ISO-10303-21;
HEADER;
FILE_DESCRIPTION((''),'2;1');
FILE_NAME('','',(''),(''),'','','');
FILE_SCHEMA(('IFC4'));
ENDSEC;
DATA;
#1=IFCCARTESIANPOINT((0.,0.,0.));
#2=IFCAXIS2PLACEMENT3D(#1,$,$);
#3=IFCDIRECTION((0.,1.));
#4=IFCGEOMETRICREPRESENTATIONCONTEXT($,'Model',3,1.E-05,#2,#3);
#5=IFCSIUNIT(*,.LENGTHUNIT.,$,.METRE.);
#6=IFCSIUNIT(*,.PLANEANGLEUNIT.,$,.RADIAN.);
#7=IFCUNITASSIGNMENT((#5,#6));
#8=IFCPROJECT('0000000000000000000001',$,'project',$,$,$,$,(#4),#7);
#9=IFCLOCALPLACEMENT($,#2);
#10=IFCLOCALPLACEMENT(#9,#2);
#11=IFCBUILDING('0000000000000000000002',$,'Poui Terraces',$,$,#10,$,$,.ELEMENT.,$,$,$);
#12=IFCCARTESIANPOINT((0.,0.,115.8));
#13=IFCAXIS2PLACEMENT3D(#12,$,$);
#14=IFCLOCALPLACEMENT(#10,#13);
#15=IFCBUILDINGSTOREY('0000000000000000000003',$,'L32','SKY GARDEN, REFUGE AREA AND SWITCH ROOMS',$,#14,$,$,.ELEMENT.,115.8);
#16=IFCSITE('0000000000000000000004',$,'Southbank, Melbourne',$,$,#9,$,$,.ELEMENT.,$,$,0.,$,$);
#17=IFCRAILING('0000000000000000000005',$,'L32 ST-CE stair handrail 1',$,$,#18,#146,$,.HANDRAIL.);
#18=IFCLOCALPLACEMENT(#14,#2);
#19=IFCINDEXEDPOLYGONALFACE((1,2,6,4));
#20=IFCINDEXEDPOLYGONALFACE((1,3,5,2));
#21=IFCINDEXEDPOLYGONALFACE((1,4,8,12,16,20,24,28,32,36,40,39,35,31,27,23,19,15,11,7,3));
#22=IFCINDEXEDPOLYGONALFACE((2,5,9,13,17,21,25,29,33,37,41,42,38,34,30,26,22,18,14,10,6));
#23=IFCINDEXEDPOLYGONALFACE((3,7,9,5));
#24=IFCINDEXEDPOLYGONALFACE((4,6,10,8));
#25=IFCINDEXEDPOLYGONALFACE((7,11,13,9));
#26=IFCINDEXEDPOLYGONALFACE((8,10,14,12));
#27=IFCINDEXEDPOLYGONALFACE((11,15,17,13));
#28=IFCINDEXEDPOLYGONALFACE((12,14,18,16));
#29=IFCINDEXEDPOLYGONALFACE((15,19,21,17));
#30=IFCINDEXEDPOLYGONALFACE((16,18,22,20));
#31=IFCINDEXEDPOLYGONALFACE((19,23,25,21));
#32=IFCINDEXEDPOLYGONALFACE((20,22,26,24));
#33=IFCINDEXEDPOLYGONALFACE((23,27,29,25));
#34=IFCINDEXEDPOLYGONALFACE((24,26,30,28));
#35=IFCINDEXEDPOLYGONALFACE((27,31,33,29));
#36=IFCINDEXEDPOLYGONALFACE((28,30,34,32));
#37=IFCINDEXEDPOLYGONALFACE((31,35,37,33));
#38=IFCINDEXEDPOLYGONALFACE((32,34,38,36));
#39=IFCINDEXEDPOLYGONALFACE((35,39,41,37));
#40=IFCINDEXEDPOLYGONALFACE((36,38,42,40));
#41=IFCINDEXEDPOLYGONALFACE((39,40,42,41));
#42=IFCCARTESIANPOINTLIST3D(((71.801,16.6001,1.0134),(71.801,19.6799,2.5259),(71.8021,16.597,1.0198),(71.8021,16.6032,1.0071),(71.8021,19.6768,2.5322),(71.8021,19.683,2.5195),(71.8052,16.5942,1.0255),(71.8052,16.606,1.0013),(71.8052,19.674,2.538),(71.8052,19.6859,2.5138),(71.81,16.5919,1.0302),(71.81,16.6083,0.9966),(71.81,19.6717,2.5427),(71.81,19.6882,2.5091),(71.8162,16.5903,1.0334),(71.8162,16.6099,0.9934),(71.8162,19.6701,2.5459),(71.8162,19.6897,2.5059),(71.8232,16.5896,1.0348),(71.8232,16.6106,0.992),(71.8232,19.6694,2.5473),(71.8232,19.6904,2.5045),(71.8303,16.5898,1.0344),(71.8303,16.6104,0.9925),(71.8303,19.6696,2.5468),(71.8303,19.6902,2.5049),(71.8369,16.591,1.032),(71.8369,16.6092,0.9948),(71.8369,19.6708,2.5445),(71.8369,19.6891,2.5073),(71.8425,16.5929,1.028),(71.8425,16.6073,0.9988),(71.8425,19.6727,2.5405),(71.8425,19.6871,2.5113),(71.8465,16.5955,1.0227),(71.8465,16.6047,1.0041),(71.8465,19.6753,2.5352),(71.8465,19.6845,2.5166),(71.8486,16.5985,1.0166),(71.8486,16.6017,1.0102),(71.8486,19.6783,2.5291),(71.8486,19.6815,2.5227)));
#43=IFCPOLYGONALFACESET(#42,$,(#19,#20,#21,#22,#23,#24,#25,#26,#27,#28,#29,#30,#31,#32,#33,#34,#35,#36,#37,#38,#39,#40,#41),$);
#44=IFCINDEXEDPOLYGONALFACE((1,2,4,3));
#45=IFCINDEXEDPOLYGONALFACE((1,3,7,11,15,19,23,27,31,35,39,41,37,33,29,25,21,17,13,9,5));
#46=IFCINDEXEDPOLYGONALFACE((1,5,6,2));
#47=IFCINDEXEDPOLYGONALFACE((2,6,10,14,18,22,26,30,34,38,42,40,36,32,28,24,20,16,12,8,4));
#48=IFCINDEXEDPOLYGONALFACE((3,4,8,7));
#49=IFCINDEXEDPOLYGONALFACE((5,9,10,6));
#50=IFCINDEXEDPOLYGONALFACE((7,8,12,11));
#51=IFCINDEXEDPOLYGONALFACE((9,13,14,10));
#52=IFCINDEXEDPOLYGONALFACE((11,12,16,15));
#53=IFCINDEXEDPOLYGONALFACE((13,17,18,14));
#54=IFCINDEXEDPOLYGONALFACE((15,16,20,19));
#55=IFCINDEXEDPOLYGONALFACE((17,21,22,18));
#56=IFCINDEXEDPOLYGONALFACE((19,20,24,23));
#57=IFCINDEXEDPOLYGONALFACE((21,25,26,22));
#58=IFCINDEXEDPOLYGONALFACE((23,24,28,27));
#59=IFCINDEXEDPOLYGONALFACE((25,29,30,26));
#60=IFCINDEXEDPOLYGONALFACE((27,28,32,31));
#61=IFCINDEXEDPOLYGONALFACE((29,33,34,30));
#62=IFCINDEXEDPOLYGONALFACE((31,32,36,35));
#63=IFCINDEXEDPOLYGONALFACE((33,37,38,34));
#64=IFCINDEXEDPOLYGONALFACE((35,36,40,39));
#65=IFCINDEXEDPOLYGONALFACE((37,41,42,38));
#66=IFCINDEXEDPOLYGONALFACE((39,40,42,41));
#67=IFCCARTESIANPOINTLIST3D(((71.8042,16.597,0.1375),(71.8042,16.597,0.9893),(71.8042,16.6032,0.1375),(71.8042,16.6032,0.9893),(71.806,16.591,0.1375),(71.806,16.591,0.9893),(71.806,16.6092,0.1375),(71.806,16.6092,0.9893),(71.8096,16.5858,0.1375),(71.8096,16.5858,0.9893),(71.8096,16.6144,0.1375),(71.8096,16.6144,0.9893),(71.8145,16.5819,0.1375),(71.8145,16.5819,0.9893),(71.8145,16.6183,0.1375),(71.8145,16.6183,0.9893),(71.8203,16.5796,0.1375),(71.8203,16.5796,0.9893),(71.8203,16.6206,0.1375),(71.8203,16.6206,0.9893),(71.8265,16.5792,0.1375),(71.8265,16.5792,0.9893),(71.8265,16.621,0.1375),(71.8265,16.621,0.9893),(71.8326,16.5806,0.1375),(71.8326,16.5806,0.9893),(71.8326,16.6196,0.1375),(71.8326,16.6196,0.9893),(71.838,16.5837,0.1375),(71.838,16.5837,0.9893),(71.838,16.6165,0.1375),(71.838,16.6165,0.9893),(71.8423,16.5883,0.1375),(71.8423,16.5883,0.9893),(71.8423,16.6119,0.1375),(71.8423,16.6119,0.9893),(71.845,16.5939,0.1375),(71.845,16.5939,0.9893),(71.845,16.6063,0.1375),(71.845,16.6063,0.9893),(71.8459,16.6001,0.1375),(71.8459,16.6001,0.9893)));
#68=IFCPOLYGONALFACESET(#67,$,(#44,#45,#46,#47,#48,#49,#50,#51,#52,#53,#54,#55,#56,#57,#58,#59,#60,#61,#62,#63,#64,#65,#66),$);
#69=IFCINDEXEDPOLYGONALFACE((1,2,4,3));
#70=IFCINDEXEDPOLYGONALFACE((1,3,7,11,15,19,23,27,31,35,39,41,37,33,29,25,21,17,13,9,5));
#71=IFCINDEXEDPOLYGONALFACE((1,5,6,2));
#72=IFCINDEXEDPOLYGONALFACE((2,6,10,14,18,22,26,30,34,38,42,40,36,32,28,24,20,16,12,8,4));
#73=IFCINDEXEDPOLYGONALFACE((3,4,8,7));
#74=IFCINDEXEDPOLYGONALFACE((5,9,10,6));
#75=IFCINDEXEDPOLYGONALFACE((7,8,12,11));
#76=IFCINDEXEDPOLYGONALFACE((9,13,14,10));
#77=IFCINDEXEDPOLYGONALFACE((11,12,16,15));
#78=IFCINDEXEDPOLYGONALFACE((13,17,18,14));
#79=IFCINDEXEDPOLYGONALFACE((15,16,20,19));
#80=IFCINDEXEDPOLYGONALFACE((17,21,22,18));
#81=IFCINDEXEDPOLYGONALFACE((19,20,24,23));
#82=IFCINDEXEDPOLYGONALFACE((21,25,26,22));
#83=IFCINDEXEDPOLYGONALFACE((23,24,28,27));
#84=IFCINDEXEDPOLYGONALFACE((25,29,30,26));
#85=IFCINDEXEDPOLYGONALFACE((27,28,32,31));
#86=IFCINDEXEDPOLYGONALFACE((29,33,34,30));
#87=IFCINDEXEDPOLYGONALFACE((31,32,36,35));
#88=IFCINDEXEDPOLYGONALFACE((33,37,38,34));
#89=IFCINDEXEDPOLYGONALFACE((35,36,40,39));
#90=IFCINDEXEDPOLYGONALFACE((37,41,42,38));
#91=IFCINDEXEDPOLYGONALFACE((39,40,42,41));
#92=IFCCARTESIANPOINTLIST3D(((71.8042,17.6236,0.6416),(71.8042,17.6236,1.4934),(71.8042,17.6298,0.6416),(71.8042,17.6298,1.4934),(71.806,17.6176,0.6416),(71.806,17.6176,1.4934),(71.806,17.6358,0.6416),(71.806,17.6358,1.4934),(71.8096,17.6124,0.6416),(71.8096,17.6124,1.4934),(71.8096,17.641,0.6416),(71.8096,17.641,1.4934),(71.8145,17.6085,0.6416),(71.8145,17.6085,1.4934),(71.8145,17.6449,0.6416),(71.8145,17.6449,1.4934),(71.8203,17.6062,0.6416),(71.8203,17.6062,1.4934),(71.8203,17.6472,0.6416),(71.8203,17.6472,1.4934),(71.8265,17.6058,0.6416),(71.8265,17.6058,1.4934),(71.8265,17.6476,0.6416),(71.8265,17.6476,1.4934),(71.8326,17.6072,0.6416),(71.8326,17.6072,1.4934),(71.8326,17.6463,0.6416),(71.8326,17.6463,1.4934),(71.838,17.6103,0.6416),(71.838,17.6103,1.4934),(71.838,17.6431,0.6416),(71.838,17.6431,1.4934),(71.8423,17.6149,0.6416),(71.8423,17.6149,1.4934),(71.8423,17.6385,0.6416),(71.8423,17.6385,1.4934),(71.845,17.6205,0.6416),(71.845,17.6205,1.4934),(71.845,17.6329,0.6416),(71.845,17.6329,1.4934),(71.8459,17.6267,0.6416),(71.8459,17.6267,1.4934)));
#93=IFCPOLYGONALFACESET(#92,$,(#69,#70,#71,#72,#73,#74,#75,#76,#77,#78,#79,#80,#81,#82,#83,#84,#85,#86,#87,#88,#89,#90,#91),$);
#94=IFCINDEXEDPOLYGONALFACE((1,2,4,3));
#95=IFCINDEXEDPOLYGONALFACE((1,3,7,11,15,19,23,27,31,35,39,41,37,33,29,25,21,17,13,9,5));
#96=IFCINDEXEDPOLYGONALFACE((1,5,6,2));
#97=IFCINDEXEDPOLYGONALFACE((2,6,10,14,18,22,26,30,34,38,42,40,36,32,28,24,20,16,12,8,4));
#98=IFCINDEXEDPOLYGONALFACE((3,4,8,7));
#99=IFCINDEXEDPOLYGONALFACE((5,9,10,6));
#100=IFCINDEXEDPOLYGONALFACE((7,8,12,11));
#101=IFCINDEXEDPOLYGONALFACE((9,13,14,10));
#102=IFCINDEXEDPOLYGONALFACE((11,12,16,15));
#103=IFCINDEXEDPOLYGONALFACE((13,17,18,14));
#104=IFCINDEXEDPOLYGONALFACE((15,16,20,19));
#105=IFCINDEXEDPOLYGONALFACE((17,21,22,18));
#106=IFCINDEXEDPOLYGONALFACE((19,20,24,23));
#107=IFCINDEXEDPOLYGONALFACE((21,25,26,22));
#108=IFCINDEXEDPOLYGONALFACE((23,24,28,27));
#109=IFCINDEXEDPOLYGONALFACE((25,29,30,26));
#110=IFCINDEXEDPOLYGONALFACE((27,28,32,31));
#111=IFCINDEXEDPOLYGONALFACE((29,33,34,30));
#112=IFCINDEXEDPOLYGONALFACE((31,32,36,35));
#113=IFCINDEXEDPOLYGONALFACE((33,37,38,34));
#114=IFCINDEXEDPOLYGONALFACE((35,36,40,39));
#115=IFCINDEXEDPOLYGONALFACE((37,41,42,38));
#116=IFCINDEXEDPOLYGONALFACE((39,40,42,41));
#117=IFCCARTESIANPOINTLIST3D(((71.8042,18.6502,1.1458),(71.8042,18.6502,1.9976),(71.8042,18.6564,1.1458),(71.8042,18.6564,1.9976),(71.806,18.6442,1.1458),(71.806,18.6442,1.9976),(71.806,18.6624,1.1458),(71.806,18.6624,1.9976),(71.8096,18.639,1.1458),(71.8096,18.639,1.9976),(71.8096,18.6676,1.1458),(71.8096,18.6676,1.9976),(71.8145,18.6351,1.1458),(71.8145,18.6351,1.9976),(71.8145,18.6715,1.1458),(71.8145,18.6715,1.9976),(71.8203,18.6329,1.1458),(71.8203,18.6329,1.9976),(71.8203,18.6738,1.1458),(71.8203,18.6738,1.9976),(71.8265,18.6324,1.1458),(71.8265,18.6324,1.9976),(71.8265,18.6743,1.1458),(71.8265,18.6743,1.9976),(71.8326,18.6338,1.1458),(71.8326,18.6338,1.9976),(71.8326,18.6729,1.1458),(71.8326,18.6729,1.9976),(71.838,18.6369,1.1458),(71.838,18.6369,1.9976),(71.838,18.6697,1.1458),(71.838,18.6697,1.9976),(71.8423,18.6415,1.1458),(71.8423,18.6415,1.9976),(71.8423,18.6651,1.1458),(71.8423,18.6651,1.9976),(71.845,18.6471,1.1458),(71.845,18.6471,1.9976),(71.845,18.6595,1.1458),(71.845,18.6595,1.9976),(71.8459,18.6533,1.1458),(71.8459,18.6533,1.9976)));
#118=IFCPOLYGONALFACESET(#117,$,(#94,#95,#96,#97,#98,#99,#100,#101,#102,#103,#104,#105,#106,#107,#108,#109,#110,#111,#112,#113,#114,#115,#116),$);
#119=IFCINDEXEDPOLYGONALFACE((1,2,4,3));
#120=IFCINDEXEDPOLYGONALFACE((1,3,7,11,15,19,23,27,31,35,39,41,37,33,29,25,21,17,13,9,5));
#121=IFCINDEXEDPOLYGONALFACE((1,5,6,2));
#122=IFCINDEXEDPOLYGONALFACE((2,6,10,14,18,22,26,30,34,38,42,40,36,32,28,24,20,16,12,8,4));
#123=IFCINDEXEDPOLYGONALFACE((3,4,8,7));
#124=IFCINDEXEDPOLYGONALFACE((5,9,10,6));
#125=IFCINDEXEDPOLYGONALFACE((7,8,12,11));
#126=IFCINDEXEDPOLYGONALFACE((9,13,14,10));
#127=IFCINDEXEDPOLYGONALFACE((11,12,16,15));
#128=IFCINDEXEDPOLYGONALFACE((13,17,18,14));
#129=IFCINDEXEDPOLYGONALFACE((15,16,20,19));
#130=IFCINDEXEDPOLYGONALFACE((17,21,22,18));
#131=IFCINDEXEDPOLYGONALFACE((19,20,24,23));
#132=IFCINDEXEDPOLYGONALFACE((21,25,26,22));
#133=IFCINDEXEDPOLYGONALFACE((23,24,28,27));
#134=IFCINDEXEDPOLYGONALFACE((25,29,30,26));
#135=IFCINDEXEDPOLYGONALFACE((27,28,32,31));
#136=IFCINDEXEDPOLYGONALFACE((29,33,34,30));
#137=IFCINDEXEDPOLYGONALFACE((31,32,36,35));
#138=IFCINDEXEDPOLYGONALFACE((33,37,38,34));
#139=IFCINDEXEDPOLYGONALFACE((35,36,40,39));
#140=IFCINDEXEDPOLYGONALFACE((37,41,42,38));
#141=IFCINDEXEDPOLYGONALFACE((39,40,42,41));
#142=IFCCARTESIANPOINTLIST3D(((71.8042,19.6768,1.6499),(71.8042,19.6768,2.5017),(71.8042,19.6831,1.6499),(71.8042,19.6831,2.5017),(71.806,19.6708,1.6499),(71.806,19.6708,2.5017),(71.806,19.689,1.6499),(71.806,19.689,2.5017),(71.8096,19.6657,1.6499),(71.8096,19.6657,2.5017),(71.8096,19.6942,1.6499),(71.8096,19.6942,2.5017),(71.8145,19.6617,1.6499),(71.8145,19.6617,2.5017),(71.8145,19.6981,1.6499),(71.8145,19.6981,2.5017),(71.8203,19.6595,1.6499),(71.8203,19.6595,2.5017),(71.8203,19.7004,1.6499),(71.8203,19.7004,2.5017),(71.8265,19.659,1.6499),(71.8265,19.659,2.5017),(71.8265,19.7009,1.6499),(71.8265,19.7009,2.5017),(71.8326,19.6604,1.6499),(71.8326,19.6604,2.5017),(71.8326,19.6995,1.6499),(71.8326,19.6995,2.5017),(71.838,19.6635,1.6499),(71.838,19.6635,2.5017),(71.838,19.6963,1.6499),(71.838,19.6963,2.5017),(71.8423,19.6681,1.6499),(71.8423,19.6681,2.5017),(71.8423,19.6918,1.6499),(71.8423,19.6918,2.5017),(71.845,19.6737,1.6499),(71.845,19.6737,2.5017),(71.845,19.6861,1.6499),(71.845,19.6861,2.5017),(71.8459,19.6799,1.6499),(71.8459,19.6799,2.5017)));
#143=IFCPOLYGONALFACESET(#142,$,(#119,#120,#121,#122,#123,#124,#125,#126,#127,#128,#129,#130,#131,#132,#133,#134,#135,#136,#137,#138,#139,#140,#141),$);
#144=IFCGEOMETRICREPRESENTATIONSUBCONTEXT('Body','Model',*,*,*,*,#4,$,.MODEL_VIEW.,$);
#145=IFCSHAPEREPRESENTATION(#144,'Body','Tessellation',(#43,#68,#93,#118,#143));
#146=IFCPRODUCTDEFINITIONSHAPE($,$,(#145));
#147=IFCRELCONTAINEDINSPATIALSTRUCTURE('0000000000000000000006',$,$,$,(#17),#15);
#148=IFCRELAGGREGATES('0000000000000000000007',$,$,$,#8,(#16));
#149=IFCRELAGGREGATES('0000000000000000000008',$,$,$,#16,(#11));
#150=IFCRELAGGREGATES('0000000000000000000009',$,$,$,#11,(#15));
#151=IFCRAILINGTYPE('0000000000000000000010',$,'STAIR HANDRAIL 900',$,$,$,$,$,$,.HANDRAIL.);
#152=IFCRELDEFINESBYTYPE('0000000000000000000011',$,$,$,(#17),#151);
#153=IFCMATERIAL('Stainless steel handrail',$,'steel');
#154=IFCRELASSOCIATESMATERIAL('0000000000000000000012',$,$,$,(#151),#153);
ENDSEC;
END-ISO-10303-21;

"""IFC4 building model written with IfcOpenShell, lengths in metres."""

from ifc_helpers import new_model, si_unit, direction, frame, origin, origin_2d, place, context, subcontext, project, spatial, circle, extrude, material, type_object, element, save


model = new_model("IFC4")

# Units and contexts
model_context = context("Model", 3, precision=1e-05, world=origin(), true_north=direction((0.0, 1.0)))
body_context = subcontext(model_context, "Body", "Model", "MODEL_VIEW")
ifc_project = project(units=[si_unit("LENGTHUNIT", "METRE"), si_unit("PLANEANGLEUNIT", "RADIAN")], contexts=[model_context])

# Site, building, storey
site_placement = place(None, origin())
site = spatial("IfcSite", under=ifc_project, at=site_placement, Name="Southbank, Melbourne", CompositionType="ELEMENT", RefElevation=0.0)
building_placement = place(site_placement, origin())
building = spatial("IfcBuilding", under=site, at=building_placement, Name="Poui Terraces", CompositionType="ELEMENT")
storey_placement = place(building_placement, frame((0.0, 0.0, 115.8)))
storey = spatial("IfcBuildingStorey", under=building, at=storey_placement, Name="L32", Description="SKY GARDEN, REFUGE AREA AND SWITCH ROOMS", CompositionType="ELEMENT", Elevation=115.8)

# Railing
ifc_material_1 = material(Name="Stainless steel handrail", Category="steel")
railing_type_1 = type_object("IfcRailingType", Name="STAIR HANDRAIL 900", PredefinedType="HANDRAIL", material=ifc_material_1)
railing_1_placement = place(storey_placement, frame((71.825, 16.6001, 0.1375)))
element("IfcRailing", 1, at=railing_1_placement, inside=storey, type_object=railing_type_1, Name="L32 ST-CE stair handrail 1", PredefinedType="HANDRAIL", context=body_context, shape_type="SweptSolid", body=[
    extrude(circle(Radius=0.0239, at=origin_2d()), frame((0.0, 0.0, 0.876), z_axis=(0.0, 0.897606, 0.440798), x_axis=(-1.0, 0.0, 0.0)), (0.0, 0.0, 1.0), 3.4312),
    extrude(circle(Radius=0.021, at=origin_2d()), origin(), (0.0, 0.0, 1.0), 0.8518),
    extrude(circle(Radius=0.021, at=origin_2d()), frame((0.0, 1.0266, 0.5042)), (0.0, 0.0, 1.0), 0.8518),
    extrude(circle(Radius=0.021, at=origin_2d()), frame((0.0, 2.0532, 1.0083)), (0.0, 0.0, 1.0), 0.8518),
    extrude(circle(Radius=0.021, at=origin_2d()), frame((0.0, 3.0798, 1.5125)), (0.0, 0.0, 1.0), 0.8518),
])

save(model, "model.ifc")
